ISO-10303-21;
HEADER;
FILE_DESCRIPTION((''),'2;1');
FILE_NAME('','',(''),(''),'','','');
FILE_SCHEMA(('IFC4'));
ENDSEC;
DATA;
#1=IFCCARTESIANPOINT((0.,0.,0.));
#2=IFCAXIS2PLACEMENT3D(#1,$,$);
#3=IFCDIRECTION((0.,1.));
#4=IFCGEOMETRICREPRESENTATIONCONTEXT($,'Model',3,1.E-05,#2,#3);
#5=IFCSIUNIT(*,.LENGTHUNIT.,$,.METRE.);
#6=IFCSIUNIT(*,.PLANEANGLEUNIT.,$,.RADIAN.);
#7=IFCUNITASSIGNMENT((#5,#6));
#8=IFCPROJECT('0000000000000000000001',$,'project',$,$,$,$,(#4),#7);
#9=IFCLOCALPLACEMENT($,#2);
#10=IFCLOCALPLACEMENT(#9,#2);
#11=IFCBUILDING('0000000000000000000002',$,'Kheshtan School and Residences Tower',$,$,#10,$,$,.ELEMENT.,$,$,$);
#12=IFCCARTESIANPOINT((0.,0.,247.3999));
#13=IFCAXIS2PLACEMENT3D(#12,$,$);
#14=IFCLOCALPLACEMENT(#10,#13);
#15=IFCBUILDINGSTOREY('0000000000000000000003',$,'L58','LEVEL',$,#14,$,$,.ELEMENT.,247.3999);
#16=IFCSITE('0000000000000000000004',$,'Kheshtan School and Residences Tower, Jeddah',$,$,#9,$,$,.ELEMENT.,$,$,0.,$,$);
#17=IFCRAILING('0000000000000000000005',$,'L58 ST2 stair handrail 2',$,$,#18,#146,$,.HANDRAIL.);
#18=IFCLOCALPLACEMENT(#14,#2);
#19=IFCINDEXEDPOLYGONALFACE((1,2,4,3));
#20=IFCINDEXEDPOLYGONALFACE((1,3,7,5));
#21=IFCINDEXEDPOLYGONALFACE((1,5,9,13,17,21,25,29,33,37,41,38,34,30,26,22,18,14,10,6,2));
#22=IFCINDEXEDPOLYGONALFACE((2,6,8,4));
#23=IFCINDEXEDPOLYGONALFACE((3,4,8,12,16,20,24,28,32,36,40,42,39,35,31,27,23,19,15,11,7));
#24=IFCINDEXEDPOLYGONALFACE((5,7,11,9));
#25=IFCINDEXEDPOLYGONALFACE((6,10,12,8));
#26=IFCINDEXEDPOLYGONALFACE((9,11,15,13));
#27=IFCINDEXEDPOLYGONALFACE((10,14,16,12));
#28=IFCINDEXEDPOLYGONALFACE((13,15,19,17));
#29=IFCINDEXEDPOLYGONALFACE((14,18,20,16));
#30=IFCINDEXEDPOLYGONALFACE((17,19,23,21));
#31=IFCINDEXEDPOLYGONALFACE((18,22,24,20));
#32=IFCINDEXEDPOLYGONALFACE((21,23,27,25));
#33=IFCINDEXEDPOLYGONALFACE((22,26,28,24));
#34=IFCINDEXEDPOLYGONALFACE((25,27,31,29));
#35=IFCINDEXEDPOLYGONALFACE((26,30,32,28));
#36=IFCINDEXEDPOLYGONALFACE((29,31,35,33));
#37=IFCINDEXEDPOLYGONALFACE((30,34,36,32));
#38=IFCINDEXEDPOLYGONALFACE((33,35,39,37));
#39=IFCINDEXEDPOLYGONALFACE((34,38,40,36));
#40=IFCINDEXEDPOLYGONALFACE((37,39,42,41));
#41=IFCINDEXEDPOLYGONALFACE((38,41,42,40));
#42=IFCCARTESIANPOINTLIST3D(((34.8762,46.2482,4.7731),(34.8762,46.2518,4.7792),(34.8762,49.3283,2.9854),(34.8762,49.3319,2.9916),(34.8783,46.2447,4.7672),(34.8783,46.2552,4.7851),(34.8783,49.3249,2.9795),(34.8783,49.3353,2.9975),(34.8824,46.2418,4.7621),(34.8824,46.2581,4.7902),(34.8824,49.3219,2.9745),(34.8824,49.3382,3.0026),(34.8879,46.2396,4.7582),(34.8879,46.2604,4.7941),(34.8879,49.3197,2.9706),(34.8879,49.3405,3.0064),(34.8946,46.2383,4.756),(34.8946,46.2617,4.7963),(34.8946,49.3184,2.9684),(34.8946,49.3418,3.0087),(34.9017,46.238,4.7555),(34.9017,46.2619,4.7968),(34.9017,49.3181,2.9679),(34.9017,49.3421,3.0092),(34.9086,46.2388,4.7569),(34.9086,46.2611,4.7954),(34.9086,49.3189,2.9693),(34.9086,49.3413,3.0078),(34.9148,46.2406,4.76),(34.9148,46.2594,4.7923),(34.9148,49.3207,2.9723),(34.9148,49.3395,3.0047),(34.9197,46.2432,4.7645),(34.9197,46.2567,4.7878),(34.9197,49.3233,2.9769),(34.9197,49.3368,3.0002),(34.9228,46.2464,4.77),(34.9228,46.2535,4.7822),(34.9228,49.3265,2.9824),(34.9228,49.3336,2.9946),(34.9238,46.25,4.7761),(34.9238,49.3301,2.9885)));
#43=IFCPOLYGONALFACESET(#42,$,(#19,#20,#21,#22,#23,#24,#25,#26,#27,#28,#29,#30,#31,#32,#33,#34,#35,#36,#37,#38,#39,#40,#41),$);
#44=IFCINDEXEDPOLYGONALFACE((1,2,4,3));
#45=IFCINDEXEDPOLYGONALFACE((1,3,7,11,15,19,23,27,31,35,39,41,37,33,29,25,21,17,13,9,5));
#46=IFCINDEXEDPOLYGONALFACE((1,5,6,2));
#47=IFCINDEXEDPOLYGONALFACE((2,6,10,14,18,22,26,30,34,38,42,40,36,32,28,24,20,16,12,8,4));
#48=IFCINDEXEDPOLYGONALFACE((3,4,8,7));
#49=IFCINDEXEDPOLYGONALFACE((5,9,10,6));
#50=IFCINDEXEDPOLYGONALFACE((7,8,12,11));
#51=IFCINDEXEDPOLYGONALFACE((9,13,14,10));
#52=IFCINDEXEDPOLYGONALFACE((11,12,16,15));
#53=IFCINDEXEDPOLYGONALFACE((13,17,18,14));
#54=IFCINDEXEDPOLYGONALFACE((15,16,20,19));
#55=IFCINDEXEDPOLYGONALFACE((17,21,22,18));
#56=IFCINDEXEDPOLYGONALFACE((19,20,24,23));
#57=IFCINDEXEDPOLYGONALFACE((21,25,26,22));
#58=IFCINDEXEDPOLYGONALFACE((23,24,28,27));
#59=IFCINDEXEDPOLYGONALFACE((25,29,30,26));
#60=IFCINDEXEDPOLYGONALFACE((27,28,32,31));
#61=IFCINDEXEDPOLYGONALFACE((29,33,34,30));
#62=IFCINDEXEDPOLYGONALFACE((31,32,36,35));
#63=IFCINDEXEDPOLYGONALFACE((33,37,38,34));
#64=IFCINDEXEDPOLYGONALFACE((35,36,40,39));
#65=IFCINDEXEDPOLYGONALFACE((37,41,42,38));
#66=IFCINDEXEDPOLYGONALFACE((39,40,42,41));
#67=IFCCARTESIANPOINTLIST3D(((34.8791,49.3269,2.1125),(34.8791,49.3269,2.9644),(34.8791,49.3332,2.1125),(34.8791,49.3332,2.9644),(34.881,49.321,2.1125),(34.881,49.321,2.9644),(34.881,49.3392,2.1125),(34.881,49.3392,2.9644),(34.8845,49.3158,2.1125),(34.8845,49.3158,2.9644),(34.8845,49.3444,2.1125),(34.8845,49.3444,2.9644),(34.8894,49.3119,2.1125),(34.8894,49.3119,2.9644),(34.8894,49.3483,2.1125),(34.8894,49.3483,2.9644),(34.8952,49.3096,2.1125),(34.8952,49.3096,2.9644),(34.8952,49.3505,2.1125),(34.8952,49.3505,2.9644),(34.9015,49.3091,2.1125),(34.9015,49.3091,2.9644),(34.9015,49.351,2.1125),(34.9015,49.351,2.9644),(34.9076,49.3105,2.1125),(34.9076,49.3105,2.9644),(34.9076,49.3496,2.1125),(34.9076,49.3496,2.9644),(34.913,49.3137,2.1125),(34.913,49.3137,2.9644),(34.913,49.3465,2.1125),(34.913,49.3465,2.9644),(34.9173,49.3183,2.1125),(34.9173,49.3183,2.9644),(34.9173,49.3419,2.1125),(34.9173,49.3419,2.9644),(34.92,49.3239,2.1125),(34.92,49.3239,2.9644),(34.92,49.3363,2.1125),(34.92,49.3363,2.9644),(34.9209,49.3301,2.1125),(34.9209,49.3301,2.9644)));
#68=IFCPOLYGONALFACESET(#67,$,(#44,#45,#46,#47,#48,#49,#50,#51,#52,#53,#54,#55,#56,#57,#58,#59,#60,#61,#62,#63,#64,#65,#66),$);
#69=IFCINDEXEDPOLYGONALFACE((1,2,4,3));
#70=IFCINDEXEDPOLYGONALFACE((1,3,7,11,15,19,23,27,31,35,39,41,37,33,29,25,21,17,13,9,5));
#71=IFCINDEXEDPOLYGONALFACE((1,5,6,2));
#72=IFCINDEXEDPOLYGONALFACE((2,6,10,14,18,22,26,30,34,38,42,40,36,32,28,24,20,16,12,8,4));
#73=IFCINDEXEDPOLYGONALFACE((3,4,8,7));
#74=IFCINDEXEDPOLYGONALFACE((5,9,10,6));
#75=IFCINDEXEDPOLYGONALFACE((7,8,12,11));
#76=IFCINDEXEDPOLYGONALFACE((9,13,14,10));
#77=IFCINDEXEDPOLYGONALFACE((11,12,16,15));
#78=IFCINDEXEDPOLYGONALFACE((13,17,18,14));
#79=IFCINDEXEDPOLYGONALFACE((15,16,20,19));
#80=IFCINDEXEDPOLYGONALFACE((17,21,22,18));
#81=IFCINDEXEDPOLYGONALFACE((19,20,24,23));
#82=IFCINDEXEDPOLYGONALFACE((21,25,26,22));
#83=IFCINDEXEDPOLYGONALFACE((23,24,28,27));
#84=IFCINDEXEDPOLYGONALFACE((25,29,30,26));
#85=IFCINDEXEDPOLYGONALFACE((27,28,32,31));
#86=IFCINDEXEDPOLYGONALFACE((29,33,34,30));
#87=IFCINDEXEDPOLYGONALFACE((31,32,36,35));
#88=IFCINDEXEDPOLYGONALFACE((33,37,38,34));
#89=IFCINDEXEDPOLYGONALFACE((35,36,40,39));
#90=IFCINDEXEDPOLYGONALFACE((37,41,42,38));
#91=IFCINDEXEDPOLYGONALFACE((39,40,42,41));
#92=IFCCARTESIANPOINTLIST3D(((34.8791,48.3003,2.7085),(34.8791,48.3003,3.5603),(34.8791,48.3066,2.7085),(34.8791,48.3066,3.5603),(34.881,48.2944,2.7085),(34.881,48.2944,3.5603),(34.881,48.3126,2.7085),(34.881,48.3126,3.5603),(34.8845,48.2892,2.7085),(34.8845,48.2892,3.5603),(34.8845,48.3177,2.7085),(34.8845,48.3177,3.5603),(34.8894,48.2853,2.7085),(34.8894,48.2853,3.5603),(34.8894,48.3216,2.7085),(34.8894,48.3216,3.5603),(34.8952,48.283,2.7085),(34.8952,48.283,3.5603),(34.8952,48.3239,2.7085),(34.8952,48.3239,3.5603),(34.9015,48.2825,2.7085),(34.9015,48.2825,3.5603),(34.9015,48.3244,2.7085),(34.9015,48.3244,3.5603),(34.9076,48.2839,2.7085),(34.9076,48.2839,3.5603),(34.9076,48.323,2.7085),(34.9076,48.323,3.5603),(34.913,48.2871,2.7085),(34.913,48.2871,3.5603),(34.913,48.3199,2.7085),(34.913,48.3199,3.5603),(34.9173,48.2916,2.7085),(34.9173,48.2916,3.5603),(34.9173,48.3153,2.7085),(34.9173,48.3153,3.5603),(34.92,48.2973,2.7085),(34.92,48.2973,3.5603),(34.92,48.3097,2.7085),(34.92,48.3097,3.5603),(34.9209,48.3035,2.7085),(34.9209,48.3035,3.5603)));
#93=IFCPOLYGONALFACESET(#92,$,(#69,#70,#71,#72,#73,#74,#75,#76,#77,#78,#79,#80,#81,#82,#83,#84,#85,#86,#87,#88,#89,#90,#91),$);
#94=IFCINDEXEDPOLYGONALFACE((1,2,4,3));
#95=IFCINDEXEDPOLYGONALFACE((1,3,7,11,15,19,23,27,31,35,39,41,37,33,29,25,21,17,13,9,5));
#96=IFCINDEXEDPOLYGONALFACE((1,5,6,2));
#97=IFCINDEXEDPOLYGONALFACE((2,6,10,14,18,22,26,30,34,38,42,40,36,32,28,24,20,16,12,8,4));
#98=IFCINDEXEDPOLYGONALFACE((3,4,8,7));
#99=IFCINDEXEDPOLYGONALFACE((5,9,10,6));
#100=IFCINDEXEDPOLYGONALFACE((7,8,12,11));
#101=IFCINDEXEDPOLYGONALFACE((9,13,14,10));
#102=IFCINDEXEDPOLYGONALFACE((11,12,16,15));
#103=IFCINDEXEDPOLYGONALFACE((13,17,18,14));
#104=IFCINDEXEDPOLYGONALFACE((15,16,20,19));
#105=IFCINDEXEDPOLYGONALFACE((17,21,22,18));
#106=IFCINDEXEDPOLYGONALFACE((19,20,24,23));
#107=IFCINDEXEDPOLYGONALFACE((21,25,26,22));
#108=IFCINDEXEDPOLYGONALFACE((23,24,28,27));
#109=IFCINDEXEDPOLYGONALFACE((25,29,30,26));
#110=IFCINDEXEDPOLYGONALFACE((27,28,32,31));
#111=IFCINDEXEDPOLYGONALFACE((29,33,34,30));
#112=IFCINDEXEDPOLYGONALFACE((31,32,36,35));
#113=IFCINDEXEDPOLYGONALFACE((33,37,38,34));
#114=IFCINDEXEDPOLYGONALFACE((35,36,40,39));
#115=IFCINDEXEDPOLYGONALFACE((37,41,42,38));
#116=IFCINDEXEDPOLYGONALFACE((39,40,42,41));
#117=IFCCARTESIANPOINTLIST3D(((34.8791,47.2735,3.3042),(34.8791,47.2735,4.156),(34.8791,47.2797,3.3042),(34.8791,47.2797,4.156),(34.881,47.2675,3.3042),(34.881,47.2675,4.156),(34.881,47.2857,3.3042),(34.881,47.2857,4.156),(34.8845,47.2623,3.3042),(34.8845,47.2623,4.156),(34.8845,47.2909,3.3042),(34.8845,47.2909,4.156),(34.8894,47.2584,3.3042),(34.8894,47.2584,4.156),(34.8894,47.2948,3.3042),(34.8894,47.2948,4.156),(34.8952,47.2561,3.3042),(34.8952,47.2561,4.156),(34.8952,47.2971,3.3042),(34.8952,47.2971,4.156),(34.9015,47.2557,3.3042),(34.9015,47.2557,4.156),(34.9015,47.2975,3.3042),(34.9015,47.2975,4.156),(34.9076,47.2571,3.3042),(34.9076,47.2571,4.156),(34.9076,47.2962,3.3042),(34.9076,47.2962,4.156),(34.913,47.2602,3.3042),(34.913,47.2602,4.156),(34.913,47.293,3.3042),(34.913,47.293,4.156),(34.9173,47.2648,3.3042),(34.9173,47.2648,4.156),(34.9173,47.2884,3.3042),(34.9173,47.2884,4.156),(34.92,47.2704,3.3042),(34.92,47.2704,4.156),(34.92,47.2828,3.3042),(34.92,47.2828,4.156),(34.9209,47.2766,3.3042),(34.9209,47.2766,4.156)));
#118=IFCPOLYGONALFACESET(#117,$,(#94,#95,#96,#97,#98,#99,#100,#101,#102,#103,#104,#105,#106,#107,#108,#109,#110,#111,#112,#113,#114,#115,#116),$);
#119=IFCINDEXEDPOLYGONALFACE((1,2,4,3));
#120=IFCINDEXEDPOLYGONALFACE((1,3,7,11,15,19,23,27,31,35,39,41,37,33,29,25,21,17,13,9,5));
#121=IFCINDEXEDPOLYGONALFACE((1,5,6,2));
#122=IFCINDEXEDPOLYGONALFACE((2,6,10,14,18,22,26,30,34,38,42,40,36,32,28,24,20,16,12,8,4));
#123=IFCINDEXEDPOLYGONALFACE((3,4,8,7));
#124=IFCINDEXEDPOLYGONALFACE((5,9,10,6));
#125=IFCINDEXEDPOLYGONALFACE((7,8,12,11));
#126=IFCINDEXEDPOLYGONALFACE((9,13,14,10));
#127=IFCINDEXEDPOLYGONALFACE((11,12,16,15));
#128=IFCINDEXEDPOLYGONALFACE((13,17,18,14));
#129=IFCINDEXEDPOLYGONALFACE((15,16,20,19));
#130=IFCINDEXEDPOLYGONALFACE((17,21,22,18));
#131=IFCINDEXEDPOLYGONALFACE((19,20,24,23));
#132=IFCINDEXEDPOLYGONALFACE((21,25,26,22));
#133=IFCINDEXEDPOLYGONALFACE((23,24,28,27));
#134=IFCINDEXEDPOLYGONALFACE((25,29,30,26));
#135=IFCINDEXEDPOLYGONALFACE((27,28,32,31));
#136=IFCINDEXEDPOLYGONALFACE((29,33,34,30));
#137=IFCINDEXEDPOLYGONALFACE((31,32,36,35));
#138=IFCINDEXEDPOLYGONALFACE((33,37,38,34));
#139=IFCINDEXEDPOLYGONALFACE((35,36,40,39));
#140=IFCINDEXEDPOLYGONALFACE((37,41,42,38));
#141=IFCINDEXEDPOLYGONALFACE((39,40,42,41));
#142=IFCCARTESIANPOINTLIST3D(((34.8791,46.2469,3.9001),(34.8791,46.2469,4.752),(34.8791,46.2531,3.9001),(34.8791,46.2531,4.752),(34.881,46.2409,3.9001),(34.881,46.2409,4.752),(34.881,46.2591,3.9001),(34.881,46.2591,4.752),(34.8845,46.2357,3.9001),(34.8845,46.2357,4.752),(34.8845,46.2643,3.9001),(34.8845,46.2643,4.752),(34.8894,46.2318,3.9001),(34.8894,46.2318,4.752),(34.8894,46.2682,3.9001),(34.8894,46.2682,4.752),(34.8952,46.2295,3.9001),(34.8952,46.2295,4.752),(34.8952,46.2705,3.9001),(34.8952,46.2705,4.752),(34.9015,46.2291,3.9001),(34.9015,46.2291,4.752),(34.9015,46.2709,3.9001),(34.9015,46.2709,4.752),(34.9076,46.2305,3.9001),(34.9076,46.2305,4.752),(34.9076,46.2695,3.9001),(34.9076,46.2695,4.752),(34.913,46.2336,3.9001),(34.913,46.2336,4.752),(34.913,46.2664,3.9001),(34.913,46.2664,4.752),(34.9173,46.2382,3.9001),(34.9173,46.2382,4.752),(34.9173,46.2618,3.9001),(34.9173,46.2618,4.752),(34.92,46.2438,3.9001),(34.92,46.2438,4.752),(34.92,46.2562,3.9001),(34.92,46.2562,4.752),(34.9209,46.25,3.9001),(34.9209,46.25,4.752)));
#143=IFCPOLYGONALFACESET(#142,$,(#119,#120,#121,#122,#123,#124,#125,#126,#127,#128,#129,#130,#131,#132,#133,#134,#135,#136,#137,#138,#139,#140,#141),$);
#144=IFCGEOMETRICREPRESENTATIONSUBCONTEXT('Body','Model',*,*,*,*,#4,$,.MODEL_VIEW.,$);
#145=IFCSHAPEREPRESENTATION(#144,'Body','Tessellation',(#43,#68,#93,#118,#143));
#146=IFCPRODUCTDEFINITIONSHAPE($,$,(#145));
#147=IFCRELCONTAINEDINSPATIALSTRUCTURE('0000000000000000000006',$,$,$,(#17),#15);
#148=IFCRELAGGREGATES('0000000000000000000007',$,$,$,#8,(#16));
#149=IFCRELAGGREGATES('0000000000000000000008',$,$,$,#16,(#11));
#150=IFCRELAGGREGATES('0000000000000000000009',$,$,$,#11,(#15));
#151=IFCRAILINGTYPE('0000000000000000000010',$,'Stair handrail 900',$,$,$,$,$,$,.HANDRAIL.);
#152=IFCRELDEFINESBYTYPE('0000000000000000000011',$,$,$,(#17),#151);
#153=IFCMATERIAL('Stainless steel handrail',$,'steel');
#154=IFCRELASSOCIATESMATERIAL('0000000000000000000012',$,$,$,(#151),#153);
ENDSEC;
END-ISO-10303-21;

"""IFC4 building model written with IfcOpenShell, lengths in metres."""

from ifc_helpers import new_model, si_unit, direction, frame, origin, origin_2d, place, context, subcontext, project, spatial, circle, extrude, material, type_object, element, save


model = new_model("IFC4")

# Units and contexts
model_context = context("Model", 3, precision=1e-05, world=origin(), true_north=direction((0.0, 1.0)))
body_context = subcontext(model_context, "Body", "Model", "MODEL_VIEW")
ifc_project = project(units=[si_unit("LENGTHUNIT", "METRE"), si_unit("PLANEANGLEUNIT", "RADIAN")], contexts=[model_context])

# Site, building, storey
site_placement = place(None, origin())
site = spatial("IfcSite", under=ifc_project, at=site_placement, Name="Kheshtan School and Residences Tower, Jeddah", CompositionType="ELEMENT", RefElevation=0.0)
building_placement = place(site_placement, origin())
building = spatial("IfcBuilding", under=site, at=building_placement, Name="Kheshtan School and Residences Tower", CompositionType="ELEMENT")
storey_placement = place(building_placement, frame((0.0, 0.0, 247.3999)))
storey = spatial("IfcBuildingStorey", under=building, at=storey_placement, Name="L58", Description="LEVEL", CompositionType="ELEMENT", Elevation=247.3999)

# Railing
ifc_material_1 = material(Name="Stainless steel handrail", Category="steel")
railing_type_1 = type_object("IfcRailingType", Name="Stair handrail 900", PredefinedType="HANDRAIL", material=ifc_material_1)
railing_1_placement = place(storey_placement, frame((34.8999, 49.3301, 2.1125)))
element("IfcRailing", 1, at=railing_1_placement, inside=storey, type_object=railing_type_1, Name="L58 ST2 stair handrail 2", PredefinedType="HANDRAIL", context=body_context, shape_type="SweptSolid", body=[
    extrude(circle(Radius=0.0239, at=origin_2d()), frame((0.0, 0.0, 0.876), z_axis=(0.0, -0.864891, 0.50196), x_axis=(1.0, 0.0, 0.0)), (0.0, 0.0, 1.0), 3.5613),
    extrude(circle(Radius=0.021, at=origin_2d()), origin(), (0.0, 0.0, 1.0), 0.8518),
    extrude(circle(Radius=0.021, at=origin_2d()), frame((0.0, -1.0266, 0.5959)), (0.0, 0.0, 1.0), 0.8518),
    extrude(circle(Radius=0.021, at=origin_2d()), frame((0.0, -2.0535, 1.1917)), (0.0, 0.0, 1.0), 0.8518),
    extrude(circle(Radius=0.021, at=origin_2d()), frame((0.0, -3.0801, 1.7876)), (0.0, 0.0, 1.0), 0.8518),
])

save(model, "model.ifc")
